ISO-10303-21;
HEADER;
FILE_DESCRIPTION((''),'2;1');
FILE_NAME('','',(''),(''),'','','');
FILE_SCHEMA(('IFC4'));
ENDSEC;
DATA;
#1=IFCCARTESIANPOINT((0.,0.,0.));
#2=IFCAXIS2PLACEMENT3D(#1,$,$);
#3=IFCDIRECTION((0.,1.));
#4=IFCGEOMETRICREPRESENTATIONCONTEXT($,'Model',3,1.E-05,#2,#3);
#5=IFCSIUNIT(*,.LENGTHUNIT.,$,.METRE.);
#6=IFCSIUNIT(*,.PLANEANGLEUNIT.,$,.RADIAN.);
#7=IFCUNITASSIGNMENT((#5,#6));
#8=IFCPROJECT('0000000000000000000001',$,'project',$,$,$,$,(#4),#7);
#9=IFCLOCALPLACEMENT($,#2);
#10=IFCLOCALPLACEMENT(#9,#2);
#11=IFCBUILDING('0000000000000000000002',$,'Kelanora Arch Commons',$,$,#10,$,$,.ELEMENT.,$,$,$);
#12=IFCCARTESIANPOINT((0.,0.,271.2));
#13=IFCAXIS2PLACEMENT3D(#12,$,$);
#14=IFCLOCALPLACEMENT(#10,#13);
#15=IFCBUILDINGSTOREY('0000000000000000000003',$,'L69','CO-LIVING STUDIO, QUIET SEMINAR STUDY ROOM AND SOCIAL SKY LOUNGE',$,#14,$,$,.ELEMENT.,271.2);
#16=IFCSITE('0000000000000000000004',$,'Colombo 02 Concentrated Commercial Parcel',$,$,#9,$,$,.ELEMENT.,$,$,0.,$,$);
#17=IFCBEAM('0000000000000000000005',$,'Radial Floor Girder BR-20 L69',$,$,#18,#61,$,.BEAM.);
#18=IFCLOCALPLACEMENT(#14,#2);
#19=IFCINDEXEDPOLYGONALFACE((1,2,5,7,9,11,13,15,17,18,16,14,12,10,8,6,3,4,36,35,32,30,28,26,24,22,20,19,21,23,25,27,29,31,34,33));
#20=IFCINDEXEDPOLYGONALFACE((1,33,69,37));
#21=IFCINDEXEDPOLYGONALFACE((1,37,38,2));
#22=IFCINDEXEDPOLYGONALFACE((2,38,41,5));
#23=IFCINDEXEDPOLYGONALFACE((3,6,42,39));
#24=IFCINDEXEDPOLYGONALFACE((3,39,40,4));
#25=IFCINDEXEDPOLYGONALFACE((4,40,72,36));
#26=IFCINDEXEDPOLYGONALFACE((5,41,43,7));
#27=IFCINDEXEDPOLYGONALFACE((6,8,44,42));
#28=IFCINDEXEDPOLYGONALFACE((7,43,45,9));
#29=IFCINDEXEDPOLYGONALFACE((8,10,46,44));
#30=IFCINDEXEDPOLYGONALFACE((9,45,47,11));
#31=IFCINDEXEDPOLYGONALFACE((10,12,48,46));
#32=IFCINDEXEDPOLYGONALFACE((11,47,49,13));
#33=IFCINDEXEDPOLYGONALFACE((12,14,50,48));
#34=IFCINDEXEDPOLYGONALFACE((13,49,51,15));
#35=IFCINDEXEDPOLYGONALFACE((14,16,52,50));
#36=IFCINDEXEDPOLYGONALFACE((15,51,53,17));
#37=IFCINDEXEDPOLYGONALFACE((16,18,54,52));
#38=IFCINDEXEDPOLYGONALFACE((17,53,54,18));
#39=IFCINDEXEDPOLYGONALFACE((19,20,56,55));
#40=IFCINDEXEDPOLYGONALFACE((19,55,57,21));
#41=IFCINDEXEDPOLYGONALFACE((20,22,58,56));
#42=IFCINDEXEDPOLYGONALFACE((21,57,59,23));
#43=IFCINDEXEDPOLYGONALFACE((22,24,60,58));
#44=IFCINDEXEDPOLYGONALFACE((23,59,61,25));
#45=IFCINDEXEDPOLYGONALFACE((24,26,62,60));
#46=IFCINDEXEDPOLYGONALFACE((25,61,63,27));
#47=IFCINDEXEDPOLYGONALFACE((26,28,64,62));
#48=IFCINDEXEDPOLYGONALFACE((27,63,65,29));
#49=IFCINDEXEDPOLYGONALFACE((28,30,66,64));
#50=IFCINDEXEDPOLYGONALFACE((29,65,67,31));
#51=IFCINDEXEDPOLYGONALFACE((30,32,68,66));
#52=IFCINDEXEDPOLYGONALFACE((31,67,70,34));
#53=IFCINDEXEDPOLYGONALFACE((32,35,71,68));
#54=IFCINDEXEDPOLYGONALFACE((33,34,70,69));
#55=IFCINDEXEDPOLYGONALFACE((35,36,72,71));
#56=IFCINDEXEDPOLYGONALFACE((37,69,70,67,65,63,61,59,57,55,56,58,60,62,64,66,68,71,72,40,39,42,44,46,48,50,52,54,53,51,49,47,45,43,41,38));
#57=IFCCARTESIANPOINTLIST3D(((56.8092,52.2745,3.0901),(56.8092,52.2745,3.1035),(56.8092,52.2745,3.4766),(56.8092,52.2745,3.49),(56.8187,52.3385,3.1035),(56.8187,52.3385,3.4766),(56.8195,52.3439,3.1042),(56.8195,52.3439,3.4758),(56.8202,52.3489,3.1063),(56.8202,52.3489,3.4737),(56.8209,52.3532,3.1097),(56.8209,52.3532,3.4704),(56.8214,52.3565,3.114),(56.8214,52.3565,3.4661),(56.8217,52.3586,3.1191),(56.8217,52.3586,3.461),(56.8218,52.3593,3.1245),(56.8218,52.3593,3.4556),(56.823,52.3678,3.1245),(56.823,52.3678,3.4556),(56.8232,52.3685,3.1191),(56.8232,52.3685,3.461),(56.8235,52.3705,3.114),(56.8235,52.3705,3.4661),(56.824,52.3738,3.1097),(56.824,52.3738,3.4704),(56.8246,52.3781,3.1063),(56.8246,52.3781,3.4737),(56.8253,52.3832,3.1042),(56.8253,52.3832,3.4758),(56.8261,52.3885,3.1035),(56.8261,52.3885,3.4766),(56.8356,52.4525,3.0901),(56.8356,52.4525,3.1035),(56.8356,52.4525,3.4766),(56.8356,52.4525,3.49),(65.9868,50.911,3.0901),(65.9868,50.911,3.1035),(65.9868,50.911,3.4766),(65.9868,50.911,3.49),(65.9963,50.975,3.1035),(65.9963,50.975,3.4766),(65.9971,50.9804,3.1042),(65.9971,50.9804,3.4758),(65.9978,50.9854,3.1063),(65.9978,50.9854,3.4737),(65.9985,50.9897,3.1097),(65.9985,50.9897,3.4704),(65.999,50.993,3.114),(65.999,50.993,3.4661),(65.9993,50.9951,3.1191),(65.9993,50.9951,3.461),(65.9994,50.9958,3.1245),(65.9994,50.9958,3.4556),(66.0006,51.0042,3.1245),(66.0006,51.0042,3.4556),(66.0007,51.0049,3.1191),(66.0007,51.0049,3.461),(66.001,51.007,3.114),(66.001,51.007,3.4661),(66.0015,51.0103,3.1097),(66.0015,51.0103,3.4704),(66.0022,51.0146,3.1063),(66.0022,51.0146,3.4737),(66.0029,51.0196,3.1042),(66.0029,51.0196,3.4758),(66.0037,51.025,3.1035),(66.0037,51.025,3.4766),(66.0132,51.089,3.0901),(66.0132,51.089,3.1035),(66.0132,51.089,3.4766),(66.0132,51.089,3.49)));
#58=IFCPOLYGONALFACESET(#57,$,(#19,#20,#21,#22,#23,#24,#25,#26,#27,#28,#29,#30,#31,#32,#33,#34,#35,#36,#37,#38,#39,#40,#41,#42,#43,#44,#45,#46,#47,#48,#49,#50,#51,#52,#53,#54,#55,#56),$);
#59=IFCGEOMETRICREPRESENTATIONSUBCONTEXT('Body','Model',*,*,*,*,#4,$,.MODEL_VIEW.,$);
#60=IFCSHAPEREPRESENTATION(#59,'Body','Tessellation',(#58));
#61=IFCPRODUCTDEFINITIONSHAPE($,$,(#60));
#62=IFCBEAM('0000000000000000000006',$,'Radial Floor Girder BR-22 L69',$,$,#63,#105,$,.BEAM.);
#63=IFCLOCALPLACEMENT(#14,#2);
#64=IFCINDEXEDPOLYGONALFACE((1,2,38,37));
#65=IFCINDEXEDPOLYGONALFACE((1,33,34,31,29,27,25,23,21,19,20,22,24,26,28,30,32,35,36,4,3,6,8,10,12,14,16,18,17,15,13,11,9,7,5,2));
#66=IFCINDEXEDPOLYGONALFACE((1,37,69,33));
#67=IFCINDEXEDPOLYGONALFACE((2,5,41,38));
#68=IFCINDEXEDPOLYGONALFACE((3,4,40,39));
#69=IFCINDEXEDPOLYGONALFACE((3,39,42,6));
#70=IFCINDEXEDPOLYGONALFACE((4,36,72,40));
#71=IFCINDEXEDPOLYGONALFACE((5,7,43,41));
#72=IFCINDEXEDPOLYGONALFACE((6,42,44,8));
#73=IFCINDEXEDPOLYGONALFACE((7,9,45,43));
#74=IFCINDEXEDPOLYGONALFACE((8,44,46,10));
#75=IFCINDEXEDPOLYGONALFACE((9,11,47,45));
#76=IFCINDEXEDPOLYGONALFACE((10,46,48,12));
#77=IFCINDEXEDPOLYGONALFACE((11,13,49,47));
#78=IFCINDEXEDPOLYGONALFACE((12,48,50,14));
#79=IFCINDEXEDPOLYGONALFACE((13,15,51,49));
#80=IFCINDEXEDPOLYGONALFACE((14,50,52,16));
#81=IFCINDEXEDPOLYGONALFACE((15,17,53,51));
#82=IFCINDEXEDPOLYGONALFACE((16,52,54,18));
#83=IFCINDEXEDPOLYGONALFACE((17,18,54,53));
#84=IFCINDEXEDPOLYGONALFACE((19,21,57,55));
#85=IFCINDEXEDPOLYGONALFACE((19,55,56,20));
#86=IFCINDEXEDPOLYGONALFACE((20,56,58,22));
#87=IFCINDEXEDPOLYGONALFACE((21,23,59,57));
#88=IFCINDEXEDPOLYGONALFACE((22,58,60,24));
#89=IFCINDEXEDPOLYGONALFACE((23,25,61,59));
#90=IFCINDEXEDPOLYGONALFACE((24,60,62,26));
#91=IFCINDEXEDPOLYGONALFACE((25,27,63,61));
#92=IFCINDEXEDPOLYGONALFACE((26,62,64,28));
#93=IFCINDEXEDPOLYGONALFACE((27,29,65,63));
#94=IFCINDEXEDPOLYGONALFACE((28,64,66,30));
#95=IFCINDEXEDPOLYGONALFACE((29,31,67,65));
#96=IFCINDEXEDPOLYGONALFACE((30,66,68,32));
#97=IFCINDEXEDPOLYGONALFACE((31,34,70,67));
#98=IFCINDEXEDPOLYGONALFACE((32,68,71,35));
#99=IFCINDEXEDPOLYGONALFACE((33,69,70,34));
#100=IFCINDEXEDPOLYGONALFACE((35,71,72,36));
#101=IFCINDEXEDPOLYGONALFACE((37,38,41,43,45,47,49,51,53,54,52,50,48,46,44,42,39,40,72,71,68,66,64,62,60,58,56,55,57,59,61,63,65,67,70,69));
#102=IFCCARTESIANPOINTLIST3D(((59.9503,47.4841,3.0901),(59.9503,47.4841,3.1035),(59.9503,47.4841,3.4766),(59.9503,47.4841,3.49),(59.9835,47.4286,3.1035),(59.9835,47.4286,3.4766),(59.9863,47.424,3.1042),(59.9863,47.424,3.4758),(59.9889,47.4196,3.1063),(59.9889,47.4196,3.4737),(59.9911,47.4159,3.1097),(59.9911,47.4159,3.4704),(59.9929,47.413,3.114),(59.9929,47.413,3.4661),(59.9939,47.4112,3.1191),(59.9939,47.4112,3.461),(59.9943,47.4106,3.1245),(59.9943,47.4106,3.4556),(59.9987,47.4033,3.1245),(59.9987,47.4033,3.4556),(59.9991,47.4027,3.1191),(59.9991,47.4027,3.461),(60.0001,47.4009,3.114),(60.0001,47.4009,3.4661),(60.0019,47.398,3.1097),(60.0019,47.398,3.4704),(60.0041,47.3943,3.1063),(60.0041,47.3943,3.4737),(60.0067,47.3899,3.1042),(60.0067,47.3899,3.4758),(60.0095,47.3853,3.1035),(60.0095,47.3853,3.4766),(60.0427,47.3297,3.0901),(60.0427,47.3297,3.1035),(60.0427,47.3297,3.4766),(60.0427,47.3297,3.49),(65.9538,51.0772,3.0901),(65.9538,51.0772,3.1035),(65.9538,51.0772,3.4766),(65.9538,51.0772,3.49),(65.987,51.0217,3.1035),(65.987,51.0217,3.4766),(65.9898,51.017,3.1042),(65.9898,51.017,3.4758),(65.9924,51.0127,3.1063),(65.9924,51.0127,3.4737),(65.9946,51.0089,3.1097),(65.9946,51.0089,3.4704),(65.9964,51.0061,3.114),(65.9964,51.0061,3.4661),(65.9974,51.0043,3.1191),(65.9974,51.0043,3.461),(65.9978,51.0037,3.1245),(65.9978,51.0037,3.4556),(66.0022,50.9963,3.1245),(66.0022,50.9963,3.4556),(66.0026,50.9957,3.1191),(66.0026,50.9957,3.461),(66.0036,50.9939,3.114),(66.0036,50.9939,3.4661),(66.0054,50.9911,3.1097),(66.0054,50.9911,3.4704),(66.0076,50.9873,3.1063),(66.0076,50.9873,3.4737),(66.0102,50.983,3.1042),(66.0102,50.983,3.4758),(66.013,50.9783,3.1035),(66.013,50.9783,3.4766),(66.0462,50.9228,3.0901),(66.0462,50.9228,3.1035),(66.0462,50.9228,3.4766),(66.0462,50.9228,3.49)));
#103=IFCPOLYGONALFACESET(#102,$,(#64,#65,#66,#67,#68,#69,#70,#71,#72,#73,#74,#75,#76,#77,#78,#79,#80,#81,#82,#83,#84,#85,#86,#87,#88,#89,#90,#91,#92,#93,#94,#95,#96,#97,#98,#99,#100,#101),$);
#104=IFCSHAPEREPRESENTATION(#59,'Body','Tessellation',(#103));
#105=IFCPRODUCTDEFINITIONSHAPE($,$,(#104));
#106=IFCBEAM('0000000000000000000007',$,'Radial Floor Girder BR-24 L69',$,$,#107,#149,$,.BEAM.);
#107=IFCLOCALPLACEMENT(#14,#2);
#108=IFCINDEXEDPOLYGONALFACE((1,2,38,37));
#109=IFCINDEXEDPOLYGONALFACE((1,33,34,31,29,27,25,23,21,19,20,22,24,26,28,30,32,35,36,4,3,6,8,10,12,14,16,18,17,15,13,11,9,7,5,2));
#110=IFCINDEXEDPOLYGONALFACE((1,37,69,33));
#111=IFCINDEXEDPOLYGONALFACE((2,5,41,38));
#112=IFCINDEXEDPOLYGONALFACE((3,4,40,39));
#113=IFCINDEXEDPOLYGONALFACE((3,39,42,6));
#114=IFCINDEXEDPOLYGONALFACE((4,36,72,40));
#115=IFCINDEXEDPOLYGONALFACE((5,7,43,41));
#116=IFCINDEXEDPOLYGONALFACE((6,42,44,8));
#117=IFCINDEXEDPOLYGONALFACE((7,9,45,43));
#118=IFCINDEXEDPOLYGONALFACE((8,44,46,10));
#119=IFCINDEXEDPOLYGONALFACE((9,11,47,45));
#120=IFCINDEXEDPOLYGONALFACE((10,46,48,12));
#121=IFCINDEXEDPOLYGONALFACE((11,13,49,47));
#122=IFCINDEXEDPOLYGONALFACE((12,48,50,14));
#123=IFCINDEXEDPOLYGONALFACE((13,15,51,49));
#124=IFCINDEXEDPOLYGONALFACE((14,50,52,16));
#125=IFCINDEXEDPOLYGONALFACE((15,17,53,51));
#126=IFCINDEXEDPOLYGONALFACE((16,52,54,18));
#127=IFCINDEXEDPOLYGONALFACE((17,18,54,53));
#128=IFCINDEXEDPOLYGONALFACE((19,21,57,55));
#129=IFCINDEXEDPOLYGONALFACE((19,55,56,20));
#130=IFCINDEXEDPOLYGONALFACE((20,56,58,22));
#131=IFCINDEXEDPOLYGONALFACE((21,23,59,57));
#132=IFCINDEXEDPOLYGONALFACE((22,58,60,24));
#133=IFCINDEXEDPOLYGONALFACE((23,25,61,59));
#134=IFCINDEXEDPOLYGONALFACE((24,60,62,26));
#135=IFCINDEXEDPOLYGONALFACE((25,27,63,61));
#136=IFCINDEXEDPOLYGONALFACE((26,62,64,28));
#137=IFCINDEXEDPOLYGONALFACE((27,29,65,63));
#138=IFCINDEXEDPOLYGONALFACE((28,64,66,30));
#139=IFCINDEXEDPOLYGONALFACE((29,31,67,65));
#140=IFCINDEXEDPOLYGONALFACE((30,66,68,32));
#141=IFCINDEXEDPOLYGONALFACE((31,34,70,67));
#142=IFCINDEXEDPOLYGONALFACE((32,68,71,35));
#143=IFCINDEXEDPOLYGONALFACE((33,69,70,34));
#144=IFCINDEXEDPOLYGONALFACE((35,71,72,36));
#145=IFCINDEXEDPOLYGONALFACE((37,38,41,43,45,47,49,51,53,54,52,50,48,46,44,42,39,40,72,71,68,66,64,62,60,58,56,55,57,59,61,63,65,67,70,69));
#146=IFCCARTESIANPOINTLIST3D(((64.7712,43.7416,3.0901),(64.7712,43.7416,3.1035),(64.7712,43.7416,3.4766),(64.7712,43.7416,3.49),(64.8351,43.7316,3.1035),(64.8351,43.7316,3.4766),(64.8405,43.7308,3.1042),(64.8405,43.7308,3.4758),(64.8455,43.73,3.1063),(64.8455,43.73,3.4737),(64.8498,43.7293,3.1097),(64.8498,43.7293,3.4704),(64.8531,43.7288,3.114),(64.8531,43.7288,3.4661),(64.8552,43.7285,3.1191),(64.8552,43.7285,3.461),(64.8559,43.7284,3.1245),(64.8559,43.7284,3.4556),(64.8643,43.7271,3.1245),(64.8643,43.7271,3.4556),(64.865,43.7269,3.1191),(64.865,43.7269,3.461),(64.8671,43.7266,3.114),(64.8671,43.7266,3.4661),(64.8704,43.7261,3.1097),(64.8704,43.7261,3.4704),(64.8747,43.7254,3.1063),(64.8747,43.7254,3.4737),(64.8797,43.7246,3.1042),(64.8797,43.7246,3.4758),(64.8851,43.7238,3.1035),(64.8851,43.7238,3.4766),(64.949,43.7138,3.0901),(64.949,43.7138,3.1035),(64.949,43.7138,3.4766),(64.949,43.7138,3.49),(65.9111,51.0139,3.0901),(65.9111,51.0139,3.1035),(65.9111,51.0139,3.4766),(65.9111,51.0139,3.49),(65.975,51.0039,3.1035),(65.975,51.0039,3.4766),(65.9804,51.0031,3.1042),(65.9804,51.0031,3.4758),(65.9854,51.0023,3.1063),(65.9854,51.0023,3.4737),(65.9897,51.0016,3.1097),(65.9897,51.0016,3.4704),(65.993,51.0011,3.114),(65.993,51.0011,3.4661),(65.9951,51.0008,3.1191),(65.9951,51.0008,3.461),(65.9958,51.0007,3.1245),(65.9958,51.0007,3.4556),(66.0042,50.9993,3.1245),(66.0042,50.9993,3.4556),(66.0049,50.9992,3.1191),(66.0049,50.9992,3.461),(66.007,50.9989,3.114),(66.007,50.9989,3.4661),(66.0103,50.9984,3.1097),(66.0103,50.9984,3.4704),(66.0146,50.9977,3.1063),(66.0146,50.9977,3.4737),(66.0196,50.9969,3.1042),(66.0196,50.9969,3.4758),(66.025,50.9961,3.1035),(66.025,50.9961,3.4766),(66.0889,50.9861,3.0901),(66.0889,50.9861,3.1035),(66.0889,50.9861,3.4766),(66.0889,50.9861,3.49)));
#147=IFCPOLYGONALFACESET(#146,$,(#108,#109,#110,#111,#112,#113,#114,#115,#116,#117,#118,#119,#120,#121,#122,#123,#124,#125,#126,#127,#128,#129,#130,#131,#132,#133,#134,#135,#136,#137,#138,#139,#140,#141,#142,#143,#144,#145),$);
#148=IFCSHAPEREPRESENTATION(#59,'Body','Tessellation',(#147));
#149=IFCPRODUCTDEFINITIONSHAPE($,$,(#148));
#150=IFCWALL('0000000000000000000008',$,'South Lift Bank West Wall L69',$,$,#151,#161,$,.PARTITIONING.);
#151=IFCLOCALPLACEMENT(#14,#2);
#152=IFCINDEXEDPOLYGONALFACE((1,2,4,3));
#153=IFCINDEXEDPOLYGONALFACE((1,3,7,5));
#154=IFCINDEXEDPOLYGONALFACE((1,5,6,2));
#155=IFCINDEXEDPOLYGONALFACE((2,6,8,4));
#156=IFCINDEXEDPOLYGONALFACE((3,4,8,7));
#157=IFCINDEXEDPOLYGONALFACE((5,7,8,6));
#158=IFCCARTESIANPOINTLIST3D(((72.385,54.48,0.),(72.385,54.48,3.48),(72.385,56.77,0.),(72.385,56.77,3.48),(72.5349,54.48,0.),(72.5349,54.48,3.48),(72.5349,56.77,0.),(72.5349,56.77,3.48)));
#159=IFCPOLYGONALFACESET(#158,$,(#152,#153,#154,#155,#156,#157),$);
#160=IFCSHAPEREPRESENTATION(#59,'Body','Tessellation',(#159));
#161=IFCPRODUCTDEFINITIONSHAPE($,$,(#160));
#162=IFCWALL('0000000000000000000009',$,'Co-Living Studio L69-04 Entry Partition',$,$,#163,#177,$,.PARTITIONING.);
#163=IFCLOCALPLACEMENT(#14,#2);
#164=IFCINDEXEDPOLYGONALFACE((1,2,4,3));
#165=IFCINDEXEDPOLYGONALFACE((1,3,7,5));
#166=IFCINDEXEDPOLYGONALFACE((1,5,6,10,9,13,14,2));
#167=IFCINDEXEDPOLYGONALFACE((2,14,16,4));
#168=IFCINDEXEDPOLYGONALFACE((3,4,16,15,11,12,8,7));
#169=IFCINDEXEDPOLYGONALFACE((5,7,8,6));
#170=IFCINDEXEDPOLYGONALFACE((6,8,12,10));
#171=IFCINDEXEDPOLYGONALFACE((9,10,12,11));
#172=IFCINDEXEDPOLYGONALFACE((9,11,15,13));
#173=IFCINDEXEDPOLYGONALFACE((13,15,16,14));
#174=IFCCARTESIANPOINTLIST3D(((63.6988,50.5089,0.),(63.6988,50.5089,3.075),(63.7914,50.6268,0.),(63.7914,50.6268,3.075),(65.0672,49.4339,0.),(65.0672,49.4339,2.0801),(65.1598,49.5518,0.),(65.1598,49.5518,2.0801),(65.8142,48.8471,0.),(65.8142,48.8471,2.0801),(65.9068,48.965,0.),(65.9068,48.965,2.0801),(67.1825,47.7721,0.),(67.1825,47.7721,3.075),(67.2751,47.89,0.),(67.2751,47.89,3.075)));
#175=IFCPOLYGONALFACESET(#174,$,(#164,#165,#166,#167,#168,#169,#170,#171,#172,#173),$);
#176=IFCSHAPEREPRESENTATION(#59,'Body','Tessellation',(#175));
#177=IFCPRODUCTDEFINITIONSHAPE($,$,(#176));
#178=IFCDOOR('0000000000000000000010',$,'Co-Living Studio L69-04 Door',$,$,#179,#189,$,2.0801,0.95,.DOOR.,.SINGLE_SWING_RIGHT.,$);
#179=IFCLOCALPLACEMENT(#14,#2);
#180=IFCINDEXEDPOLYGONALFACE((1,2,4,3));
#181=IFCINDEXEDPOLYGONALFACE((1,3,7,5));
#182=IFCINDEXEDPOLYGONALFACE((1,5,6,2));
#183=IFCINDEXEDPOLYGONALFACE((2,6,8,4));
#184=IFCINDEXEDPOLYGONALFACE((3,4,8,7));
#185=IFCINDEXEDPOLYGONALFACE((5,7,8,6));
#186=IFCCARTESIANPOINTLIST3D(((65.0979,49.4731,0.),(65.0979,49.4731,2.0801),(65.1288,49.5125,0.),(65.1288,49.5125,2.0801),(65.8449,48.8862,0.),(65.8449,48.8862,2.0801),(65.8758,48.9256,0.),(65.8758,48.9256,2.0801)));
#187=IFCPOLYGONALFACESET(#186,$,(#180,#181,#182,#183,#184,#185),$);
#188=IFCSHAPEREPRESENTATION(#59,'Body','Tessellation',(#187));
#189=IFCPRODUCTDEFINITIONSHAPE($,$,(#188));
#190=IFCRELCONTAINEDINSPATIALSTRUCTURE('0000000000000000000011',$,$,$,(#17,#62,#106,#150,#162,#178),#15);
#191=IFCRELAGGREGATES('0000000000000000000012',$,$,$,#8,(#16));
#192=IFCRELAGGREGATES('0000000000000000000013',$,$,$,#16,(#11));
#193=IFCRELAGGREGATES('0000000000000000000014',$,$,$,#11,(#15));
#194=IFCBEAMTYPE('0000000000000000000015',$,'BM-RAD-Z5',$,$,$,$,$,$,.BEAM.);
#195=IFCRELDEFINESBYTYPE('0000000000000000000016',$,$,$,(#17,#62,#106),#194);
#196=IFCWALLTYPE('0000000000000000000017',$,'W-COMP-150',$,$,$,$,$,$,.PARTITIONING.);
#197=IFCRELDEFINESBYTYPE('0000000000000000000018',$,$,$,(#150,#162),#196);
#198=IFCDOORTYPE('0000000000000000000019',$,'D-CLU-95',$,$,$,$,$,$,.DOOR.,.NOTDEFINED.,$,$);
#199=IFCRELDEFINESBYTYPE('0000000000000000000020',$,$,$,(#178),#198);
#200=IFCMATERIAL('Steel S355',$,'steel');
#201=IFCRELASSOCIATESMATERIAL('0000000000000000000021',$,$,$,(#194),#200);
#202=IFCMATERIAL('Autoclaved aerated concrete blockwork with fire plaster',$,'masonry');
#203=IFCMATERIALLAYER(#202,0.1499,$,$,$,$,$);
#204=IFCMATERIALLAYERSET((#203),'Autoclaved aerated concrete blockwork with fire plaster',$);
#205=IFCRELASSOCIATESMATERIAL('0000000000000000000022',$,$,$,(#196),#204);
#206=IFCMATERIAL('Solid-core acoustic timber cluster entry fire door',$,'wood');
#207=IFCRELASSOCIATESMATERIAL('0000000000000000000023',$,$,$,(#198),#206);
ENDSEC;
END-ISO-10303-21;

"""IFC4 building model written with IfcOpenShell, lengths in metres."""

from ifc_helpers import new_model, si_unit, direction, frame, frame_2d, origin, origin_2d, place, context, subcontext, project, spatial, rectangle, i_section, extrude, material, layer, layer_set, material_profile, profile_set, type_object, element, fill, save


model = new_model("IFC4")

# Units and contexts
model_context = context("Model", 3, precision=1e-05, world=origin(), true_north=direction((0.0, 1.0)))
body_context = subcontext(model_context, "Body", "Model", "MODEL_VIEW")
ifc_project = project(units=[si_unit("LENGTHUNIT", "METRE"), si_unit("PLANEANGLEUNIT", "RADIAN")], contexts=[model_context])

# Site, building, storey
site_placement = place(None, origin())
site = spatial("IfcSite", under=ifc_project, at=site_placement, Name="Colombo 02 Concentrated Commercial Parcel", CompositionType="ELEMENT", RefElevation=0.0)
building_placement = place(site_placement, origin())
building = spatial("IfcBuilding", under=site, at=building_placement, Name="Kelanora Arch Commons", CompositionType="ELEMENT")
storey_placement = place(building_placement, frame((0.0, 0.0, 271.2)))
storey = spatial("IfcBuildingStorey", under=building, at=storey_placement, Name="L69", Description="CO-LIVING STUDIO, QUIET SEMINAR STUDY ROOM AND SOCIAL SKY LOUNGE", CompositionType="ELEMENT", Elevation=271.2)

# Beams
ifc_material_1 = material(Name="Steel S355", Category="steel")
ifc_material_profile_1 = material_profile(ifc_material_1, i_section(OverallWidth=0.1799, OverallDepth=0.3999, WebThickness=0.0085, FlangeThickness=0.0134, FilletRadius=0.021, at=origin_2d()), Name="IPE400")
ifc_profile_set_1 = profile_set([ifc_material_profile_1], Name="Steel S355")
beam_type_1 = type_object("IfcBeamType", Name="BM-RAD-Z5", PredefinedType="BEAM", material=ifc_profile_set_1)
beam_1_placement = place(storey_placement, frame((66.0, 51.0, 3.29), z_axis=(-0.989142, 0.14696, 0.0), x_axis=(-0.14696, -0.989142, 0.0)))
element("IfcBeam", 1, at=beam_1_placement, inside=storey, type_object=beam_type_1, Name="Radial Floor Girder BR-20 L69", PredefinedType="BEAM", context=body_context, shape_type="SweptSolid", body=[
    extrude(i_section(OverallWidth=0.1799, OverallDepth=0.3999, WebThickness=0.0085, FlangeThickness=0.0134, FilletRadius=0.021, at=origin_2d()), origin(), (0.0, 0.0, 1.0), 9.2783),
])
beam_2_placement = place(storey_placement, frame((66.0, 51.0, 3.29), z_axis=(-0.858062, -0.513546, 0.0), x_axis=(0.513546, -0.858062, 0.0)))
element("IfcBeam", 2, at=beam_2_placement, inside=storey, type_object=beam_type_1, Name="Radial Floor Girder BR-22 L69", PredefinedType="BEAM", context=body_context, shape_type="SweptSolid", body=[
    extrude(i_section(OverallWidth=0.1799, OverallDepth=0.3999, WebThickness=0.0085, FlangeThickness=0.0134, FilletRadius=0.021, at=origin_2d()), origin(), (0.0, 0.0, 1.0), 6.9966),
])
beam_3_placement = place(storey_placement, frame((66.0, 51.0, 3.29), z_axis=(-0.154855, -0.987937, 0.0), x_axis=(0.987937, -0.154855, 0.0)))
element("IfcBeam", 3, at=beam_3_placement, inside=storey, type_object=beam_type_1, Name="Radial Floor Girder BR-24 L69", PredefinedType="BEAM", context=body_context, shape_type="SweptSolid", body=[
    extrude(i_section(OverallWidth=0.1799, OverallDepth=0.3999, WebThickness=0.0085, FlangeThickness=0.0134, FilletRadius=0.021, at=origin_2d()), origin(), (0.0, 0.0, 1.0), 7.3611),
])

# Wall
ifc_material_2 = material(Name="Autoclaved aerated concrete blockwork with fire plaster", Category="masonry")
ifc_layer_1 = layer(ifc_material_2, 0.1499)
ifc_layer_set_1 = layer_set([ifc_layer_1], Name="Autoclaved aerated concrete blockwork with fire plaster")
wall_type_1 = type_object("IfcWallType", Name="W-COMP-150", PredefinedType="PARTITIONING", material=ifc_layer_set_1)
wall_1_placement = place(storey_placement, frame((72.46, 54.48, 0.0), z_axis=(0.0, 0.0, 1.0), x_axis=(0.0, 1.0, 0.0)))
element("IfcWall", 4, at=wall_1_placement, inside=storey, type_object=wall_type_1, Name="South Lift Bank West Wall L69", PredefinedType="PARTITIONING", context=body_context, shape_type="SweptSolid", body=[
    extrude(rectangle(XDim=2.29, YDim=0.1499, at=frame_2d((1.145, 0.0))), origin(), (0.0, 0.0, 1.0), 3.48),
])

# Wall, opening, door
wall_2_placement = place(storey_placement, frame((63.7451, 50.5679, 0.0), z_axis=(0.0, 0.0, 1.0), x_axis=(0.786355, -0.617775, 0.0)))
wall_2 = element("IfcWall", 5, at=wall_2_placement, inside=storey, type_object=wall_type_1, Name="Co-Living Studio L69-04 Entry Partition", PredefinedType="PARTITIONING", context=body_context, shape_type="SweptSolid", body=[
    extrude(rectangle(XDim=4.4302, YDim=0.1499, at=frame_2d((2.2151, 0.0))), origin(), (0.0, 0.0, 1.0), 3.075),
])
opening_1_placement = place(wall_2_placement, frame((1.74, 0.0, 0.0)))
opening_1 = element("IfcOpeningElement", 6, at=opening_1_placement, cuts=wall_2, PredefinedType="OPENING", context=body_context, shape_type="SweptSolid", body=[
    extrude(rectangle(XDim=0.95, YDim=2.0801, at=frame_2d((0.4751, 1.04))), frame((0.0, 0.085, 0.0), z_axis=(0.0, -1.0, 0.0), x_axis=(1.0, 0.0, 0.0)), (0.0, 0.0, 1.0), 0.1699),
])
ifc_material_3 = material(Name="Solid-core acoustic timber cluster entry fire door", Category="wood")
door_type_1 = type_object("IfcDoorType", Name="D-CLU-95", OperationType="NOTDEFINED", PredefinedType="DOOR", material=ifc_material_3)
door_1_placement = place(opening_1_placement, origin())
door_1 = element("IfcDoor", 7, at=door_1_placement, inside=storey, type_object=door_type_1, Name="Co-Living Studio L69-04 Door", OperationType="SINGLE_SWING_RIGHT", OverallHeight=2.0801, OverallWidth=0.95, PredefinedType="DOOR", context=body_context, shape_type="SweptSolid", body=[
    extrude(rectangle(XDim=0.95, YDim=2.0801, at=frame_2d((0.4751, 1.04))), frame((0.0, 0.0249, 0.0), z_axis=(0.0, -1.0, 0.0), x_axis=(1.0, 0.0, 0.0)), (0.0, 0.0, 1.0), 0.05),
])
fill(opening_1, door_1)

save(model, "model.ifc")
